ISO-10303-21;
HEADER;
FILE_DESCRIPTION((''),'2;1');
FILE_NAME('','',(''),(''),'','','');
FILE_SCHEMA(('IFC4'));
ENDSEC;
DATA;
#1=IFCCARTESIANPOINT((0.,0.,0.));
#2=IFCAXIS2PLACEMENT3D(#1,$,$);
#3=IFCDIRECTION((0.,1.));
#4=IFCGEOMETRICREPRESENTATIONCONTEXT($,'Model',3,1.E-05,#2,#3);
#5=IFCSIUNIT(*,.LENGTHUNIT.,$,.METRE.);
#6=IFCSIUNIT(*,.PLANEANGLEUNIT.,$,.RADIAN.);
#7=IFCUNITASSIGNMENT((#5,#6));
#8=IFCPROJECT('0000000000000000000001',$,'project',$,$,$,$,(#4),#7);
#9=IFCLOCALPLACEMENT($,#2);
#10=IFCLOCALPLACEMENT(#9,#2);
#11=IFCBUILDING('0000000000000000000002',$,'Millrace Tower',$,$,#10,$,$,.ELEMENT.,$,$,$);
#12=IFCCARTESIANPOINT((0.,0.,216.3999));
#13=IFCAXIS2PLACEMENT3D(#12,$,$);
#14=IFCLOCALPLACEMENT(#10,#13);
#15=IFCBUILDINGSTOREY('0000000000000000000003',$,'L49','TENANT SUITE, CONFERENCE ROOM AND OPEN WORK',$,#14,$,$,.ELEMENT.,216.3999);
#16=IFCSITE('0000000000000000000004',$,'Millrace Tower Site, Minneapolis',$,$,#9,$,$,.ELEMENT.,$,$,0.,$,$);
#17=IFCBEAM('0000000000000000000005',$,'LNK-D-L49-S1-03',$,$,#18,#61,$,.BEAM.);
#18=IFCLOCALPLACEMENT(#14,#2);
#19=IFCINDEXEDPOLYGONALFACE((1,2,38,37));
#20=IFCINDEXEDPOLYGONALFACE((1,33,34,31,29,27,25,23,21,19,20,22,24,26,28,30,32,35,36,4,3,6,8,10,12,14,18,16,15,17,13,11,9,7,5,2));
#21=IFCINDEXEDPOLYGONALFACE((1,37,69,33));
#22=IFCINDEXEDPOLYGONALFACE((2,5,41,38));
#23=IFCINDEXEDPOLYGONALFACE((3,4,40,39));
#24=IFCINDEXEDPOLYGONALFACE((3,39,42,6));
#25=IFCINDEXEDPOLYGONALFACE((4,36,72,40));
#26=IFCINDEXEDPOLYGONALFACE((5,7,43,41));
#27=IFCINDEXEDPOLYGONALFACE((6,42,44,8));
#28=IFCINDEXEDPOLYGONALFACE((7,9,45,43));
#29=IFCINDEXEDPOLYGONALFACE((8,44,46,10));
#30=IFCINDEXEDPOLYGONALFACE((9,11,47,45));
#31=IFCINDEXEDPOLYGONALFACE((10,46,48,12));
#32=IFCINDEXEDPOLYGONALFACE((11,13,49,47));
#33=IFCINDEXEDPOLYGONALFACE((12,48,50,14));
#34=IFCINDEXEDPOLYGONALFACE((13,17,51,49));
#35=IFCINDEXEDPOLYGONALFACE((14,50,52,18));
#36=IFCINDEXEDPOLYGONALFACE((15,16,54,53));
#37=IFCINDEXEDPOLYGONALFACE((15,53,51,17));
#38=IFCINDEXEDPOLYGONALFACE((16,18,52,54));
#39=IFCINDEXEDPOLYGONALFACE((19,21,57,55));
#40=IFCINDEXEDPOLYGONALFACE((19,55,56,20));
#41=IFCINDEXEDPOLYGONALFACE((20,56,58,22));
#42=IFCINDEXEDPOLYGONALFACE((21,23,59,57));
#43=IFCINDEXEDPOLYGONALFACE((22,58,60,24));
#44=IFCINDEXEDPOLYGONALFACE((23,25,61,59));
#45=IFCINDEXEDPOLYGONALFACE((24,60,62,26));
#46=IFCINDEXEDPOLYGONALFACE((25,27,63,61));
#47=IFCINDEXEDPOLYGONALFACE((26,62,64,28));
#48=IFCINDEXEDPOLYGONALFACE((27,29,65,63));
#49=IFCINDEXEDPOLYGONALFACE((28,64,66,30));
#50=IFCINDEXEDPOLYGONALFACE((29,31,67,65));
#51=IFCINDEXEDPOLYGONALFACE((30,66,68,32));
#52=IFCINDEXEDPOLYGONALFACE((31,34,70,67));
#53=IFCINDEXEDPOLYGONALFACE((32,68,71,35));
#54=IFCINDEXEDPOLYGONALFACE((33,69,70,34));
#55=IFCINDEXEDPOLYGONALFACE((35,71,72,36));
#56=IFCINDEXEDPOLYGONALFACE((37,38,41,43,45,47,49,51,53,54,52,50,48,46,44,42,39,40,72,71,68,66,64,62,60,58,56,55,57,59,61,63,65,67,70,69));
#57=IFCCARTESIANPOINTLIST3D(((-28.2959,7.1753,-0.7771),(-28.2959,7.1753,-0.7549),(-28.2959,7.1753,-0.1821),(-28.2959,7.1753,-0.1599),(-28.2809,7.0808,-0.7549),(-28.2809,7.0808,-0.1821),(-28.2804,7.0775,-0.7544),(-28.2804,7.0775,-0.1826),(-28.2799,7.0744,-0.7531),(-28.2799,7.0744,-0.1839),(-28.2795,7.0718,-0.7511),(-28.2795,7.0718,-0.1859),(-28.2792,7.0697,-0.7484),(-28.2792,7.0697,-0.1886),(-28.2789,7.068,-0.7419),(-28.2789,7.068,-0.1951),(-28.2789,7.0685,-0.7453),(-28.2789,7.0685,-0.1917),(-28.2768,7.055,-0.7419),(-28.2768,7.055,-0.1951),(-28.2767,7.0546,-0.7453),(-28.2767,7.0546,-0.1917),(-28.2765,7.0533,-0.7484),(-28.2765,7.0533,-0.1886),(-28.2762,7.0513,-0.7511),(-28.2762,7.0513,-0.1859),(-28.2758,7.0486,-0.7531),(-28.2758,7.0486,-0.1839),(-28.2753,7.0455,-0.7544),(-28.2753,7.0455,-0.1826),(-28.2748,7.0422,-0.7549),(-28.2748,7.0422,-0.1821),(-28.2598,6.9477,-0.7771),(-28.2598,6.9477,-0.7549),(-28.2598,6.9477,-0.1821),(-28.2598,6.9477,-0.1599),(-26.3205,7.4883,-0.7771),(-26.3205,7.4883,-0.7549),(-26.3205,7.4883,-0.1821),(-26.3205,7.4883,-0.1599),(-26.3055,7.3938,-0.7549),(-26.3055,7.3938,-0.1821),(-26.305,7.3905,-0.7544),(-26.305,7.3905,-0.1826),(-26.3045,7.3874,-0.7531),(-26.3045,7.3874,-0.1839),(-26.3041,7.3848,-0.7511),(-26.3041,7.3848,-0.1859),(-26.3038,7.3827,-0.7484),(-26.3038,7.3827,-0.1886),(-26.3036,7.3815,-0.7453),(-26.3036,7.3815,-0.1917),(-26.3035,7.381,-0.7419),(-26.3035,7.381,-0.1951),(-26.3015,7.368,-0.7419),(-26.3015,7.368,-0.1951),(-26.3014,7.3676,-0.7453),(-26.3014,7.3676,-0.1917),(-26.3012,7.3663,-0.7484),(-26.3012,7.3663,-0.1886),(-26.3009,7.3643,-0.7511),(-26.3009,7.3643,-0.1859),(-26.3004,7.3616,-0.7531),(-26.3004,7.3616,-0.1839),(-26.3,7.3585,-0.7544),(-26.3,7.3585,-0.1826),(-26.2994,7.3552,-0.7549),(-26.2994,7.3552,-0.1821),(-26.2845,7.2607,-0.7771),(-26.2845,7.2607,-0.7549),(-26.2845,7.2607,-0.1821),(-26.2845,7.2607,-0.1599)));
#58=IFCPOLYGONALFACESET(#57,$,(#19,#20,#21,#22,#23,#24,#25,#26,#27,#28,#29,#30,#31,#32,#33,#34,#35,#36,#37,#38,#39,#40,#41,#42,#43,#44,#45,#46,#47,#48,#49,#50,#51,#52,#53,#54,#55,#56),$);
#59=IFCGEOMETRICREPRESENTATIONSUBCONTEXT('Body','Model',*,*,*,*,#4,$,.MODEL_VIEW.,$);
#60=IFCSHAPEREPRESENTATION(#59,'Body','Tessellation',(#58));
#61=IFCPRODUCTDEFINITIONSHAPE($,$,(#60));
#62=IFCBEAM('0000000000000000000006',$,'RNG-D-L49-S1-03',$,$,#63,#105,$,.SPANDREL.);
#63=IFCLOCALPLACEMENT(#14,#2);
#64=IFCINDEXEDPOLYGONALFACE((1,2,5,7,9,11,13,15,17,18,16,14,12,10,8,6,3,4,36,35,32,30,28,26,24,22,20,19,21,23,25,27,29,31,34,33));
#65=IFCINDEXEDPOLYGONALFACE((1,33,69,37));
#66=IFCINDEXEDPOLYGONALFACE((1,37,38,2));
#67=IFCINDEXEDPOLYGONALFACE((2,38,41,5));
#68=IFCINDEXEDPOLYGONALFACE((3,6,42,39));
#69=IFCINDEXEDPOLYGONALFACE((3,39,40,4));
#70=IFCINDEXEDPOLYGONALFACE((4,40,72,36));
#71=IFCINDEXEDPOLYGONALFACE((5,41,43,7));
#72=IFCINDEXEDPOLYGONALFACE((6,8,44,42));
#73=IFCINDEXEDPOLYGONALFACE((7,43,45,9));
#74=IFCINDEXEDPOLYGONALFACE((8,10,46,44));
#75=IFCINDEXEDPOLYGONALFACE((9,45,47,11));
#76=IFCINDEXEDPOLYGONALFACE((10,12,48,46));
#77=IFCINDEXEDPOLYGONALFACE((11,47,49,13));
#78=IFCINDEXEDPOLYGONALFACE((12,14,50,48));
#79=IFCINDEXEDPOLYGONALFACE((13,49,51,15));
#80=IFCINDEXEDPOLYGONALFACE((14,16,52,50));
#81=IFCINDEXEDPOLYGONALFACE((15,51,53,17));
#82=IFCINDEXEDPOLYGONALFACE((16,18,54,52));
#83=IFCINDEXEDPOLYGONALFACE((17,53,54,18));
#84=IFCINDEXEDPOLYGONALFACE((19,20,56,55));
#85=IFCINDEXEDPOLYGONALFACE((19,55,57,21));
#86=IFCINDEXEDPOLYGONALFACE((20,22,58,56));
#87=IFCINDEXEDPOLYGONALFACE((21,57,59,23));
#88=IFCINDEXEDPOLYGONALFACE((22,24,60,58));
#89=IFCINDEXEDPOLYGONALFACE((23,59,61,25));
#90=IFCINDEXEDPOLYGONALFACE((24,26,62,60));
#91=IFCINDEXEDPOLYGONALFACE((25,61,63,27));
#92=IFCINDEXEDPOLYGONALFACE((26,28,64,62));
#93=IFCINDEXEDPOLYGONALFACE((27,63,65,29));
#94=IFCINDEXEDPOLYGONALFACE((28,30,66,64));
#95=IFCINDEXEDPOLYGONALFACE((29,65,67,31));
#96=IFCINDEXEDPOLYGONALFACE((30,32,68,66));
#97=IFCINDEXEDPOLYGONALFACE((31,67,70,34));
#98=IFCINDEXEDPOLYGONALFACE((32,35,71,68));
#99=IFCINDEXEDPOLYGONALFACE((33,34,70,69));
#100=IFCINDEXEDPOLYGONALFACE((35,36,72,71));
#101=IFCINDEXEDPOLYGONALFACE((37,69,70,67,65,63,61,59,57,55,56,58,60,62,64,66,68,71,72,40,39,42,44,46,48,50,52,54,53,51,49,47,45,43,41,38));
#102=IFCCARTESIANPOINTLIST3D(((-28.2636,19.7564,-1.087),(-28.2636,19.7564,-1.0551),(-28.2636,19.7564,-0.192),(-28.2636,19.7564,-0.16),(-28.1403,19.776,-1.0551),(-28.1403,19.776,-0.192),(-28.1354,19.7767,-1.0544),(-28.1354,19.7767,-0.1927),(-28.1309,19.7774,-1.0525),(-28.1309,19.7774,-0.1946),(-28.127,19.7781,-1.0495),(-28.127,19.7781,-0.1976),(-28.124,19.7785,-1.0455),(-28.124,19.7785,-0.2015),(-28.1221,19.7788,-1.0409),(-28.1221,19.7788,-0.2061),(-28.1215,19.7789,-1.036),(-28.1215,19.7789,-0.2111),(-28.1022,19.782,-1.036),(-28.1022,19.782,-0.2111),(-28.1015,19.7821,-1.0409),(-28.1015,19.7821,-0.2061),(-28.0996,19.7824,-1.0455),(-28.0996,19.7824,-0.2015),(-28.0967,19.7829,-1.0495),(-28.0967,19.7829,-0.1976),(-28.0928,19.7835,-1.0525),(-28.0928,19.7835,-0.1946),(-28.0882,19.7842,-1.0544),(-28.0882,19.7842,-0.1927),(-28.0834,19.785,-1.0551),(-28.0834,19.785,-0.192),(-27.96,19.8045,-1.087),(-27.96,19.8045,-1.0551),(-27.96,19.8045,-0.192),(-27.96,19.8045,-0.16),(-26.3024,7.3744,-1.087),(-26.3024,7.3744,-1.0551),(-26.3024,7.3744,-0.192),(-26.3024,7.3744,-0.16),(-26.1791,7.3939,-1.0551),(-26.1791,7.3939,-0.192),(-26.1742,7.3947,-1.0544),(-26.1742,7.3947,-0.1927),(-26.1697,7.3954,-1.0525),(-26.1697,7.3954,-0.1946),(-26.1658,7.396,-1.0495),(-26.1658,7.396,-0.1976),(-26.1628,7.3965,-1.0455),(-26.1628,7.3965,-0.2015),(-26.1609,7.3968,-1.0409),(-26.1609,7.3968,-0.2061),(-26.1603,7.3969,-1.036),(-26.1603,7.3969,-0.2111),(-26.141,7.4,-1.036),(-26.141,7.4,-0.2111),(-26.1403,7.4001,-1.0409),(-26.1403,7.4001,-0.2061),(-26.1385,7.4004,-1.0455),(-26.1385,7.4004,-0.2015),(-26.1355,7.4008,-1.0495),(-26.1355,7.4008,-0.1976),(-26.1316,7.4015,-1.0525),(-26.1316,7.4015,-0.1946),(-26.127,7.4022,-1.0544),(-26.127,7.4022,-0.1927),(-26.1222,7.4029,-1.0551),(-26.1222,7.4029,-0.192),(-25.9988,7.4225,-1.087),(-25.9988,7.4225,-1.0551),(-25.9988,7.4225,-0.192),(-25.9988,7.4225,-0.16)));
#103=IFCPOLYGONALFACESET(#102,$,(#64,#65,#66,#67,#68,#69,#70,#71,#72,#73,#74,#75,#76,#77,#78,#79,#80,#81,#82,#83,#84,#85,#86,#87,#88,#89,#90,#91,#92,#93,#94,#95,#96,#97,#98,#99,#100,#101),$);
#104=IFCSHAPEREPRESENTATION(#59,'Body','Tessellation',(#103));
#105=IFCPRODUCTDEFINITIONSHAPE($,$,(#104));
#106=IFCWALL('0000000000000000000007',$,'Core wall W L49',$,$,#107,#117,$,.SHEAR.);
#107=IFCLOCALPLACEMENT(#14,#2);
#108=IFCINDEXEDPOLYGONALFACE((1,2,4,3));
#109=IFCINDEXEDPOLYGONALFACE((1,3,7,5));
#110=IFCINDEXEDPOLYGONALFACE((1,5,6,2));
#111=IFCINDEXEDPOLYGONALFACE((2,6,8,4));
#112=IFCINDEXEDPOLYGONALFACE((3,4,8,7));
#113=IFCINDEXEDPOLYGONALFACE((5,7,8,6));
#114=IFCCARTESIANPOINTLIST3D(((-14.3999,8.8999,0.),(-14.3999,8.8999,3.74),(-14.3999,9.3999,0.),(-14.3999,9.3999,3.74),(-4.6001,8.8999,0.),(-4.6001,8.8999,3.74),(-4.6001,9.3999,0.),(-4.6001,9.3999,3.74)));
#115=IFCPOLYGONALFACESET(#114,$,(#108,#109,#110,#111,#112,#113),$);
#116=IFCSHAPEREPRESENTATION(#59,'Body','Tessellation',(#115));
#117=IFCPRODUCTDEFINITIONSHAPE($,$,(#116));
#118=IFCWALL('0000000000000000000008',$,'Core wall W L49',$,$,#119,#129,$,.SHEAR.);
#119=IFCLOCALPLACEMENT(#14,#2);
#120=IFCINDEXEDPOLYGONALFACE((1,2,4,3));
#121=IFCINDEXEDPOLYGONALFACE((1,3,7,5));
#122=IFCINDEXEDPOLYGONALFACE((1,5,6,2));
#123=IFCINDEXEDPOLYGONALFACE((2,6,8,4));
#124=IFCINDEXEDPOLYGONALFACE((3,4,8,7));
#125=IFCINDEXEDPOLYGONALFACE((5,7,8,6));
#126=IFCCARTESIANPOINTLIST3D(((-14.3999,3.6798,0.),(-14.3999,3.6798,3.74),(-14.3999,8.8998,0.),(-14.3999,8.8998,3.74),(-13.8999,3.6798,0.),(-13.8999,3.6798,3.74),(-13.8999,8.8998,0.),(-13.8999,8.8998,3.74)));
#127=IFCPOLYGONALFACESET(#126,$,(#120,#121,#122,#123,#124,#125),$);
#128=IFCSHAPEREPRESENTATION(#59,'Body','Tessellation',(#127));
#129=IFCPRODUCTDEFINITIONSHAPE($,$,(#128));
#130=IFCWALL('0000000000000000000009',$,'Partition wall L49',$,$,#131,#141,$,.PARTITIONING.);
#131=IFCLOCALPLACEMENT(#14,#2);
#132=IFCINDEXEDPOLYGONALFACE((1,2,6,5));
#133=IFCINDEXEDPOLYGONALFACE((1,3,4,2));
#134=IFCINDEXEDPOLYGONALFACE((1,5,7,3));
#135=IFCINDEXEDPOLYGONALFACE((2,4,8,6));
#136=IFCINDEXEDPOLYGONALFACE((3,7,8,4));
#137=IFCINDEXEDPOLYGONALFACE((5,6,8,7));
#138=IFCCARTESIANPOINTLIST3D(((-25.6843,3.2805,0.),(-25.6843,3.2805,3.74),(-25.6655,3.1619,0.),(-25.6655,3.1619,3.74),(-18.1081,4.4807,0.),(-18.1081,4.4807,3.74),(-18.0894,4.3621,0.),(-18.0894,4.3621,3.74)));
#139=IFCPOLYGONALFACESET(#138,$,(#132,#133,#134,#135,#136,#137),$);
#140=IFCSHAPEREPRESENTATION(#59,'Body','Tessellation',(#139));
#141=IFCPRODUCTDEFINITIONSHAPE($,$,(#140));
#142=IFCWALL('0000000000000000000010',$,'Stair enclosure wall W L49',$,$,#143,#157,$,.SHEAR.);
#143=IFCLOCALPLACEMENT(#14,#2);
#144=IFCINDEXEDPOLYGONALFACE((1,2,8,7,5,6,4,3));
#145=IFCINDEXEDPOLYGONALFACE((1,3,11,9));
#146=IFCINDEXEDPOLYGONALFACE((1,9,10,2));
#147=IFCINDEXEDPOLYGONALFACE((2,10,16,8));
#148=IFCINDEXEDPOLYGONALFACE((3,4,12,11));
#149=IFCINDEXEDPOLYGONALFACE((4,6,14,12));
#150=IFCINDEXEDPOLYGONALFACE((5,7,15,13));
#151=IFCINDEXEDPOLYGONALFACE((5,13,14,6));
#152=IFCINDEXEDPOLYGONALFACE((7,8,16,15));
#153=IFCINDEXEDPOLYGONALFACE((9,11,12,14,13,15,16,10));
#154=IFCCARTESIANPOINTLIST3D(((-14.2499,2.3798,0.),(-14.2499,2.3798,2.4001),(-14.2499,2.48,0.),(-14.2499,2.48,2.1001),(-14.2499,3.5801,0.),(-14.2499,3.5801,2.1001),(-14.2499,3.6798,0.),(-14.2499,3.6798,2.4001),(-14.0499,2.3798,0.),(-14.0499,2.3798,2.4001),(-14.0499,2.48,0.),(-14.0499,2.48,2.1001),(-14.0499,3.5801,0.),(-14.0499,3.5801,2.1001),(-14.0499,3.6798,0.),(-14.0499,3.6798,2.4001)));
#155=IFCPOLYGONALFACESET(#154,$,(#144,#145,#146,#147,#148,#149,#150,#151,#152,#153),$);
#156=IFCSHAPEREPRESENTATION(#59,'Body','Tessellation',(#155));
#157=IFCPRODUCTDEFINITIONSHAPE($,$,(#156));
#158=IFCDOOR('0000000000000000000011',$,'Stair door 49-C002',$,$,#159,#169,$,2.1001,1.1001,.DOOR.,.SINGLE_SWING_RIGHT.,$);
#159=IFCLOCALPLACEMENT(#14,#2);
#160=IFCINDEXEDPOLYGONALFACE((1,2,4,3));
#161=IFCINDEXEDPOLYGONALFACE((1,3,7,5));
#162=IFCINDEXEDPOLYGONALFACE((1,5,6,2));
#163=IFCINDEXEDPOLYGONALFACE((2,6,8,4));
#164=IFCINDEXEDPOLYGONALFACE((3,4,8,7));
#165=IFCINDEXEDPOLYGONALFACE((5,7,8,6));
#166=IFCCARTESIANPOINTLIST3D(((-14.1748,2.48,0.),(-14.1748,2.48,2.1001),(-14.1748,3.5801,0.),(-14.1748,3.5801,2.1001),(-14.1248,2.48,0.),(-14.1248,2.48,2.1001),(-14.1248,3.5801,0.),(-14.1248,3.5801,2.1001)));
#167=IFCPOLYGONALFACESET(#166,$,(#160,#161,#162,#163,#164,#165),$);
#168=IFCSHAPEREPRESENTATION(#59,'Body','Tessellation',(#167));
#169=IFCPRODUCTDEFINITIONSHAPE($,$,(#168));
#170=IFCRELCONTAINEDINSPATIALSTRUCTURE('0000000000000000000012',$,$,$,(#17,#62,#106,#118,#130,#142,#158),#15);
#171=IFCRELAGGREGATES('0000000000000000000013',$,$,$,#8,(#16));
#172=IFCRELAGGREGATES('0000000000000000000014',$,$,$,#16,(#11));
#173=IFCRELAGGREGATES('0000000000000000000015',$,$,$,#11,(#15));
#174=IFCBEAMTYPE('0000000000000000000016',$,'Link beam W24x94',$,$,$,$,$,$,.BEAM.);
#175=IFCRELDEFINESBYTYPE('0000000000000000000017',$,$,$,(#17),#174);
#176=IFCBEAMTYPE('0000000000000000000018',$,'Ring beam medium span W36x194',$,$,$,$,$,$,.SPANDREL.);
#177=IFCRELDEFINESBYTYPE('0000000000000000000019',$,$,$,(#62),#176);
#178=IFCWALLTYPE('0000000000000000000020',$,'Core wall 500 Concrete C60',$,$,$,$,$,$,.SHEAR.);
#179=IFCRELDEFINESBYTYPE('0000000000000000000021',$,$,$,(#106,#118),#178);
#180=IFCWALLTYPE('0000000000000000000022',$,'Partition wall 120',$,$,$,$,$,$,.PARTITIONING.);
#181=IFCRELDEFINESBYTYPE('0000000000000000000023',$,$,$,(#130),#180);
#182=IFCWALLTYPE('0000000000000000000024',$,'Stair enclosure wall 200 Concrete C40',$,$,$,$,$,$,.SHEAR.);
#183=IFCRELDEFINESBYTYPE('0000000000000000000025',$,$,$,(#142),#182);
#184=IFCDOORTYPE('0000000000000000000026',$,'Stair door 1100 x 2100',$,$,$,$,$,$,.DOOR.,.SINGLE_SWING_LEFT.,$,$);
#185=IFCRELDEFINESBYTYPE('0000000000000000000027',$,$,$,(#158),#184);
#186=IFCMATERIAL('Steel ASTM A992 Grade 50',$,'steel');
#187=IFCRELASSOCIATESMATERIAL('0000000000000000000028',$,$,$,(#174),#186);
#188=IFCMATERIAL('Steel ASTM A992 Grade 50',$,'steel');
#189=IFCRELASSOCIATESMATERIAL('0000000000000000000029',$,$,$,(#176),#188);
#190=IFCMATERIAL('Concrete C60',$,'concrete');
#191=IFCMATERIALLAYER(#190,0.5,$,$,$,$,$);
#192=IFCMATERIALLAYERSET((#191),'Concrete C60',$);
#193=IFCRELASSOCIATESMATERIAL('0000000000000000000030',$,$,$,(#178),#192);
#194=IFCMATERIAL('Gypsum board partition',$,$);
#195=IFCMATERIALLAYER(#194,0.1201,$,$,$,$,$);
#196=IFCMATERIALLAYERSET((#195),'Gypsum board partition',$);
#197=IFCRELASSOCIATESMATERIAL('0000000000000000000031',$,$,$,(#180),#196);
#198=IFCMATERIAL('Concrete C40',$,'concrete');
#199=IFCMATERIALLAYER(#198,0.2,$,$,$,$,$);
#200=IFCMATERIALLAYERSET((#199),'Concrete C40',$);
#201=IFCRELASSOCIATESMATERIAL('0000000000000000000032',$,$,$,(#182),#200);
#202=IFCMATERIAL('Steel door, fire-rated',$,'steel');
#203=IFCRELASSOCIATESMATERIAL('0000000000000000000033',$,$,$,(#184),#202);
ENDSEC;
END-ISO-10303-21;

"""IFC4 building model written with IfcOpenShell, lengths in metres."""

from ifc_helpers import new_model, si_unit, direction, frame, frame_2d, origin, origin_2d, place, context, subcontext, project, spatial, rectangle, i_section, extrude, material, layer, layer_set, material_profile, profile_set, type_object, element, fill, save


model = new_model("IFC4")

# Units and contexts
model_context = context("Model", 3, precision=1e-05, world=origin(), true_north=direction((0.0, 1.0)))
body_context = subcontext(model_context, "Body", "Model", "MODEL_VIEW")
ifc_project = project(units=[si_unit("LENGTHUNIT", "METRE"), si_unit("PLANEANGLEUNIT", "RADIAN")], contexts=[model_context])

# Site, building, storey
site_placement = place(None, origin())
site = spatial("IfcSite", under=ifc_project, at=site_placement, Name="Millrace Tower Site, Minneapolis", CompositionType="ELEMENT", RefElevation=0.0)
building_placement = place(site_placement, origin())
building = spatial("IfcBuilding", under=site, at=building_placement, Name="Millrace Tower", CompositionType="ELEMENT")
storey_placement = place(building_placement, frame((0.0, 0.0, 216.3999)))
storey = spatial("IfcBuildingStorey", under=building, at=storey_placement, Name="L49", Description="TENANT SUITE, CONFERENCE ROOM AND OPEN WORK", CompositionType="ELEMENT", Elevation=216.3999)

# Beams
ifc_material_1 = material(Name="Steel ASTM A992 Grade 50", Category="steel")
ifc_material_profile_1 = material_profile(ifc_material_1, i_section(OverallWidth=0.2305, OverallDepth=0.6172, WebThickness=0.0132, FlangeThickness=0.0222, FilletRadius=0.0129, at=origin_2d()))
ifc_profile_set_1 = profile_set([ifc_material_profile_1], Name="Steel ASTM A992 Grade 50")
beam_type_1 = type_object("IfcBeamType", Name="Link beam W24x94", PredefinedType="BEAM", material=ifc_profile_set_1)
beam_1_placement = place(storey_placement, frame((-26.3025, 7.3745, -0.4685), z_axis=(-0.987679, -0.156495, 0.0), x_axis=(0.156495, -0.987679, 0.0)))
element("IfcBeam", 1, at=beam_1_placement, inside=storey, type_object=beam_type_1, Name="LNK-D-L49-S1-03", PredefinedType="BEAM", context=body_context, shape_type="SweptSolid", body=[
    extrude(i_section(OverallWidth=0.2305, OverallDepth=0.6172, WebThickness=0.0132, FlangeThickness=0.0222, FilletRadius=0.0129, at=origin_2d()), origin(), (0.0, 0.0, 1.0), 2.0),
])
ifc_material_2 = material(Name="Steel ASTM A992 Grade 50", Category="steel")
ifc_material_profile_2 = material_profile(ifc_material_2, i_section(OverallWidth=0.3074, OverallDepth=0.927, WebThickness=0.0195, FlangeThickness=0.032, FilletRadius=0.019, at=origin_2d()))
ifc_profile_set_2 = profile_set([ifc_material_profile_2], Name="Steel ASTM A992 Grade 50")
beam_type_2 = type_object("IfcBeamType", Name="Ring beam medium span W36x194", PredefinedType="SPANDREL", material=ifc_profile_set_2)
beam_2_placement = place(storey_placement, frame((-26.1506, 7.3984, -0.6235), z_axis=(-0.156439, 0.987688, 0.0), x_axis=(-0.987688, -0.156439, 0.0)))
element("IfcBeam", 2, at=beam_2_placement, inside=storey, type_object=beam_type_2, Name="RNG-D-L49-S1-03", PredefinedType="SPANDREL", context=body_context, shape_type="SweptSolid", body=[
    extrude(i_section(OverallWidth=0.3074, OverallDepth=0.927, WebThickness=0.0195, FlangeThickness=0.032, FilletRadius=0.019, at=origin_2d()), origin(), (0.0, 0.0, 1.0), 12.5364),
])

# Walls
ifc_material_3 = material(Name="Concrete C60", Category="concrete")
ifc_layer_1 = layer(ifc_material_3, 0.5)
ifc_layer_set_1 = layer_set([ifc_layer_1], Name="Concrete C60")
wall_type_1 = type_object("IfcWallType", Name="Core wall 500 Concrete C60", PredefinedType="SHEAR", material=ifc_layer_set_1)
wall_1_placement = place(storey_placement, frame((-14.3999, 9.1499, 0.0), z_axis=(0.0, 0.0, 1.0), x_axis=(1.0, 0.0, 0.0)))
element("IfcWall", 3, at=wall_1_placement, inside=storey, type_object=wall_type_1, Name="Core wall W L49", PredefinedType="SHEAR", context=body_context, shape_type="SweptSolid", body=[
    extrude(rectangle(XDim=9.7998, YDim=0.5, at=frame_2d((4.8999, 0.0))), origin(), (0.0, 0.0, 1.0), 3.74),
])
wall_2_placement = place(storey_placement, frame((-14.1499, 3.6799, 0.0), z_axis=(0.0, 0.0, 1.0), x_axis=(0.0, 1.0, 0.0)))
element("IfcWall", 4, at=wall_2_placement, inside=storey, type_object=wall_type_1, Name="Core wall W L49", PredefinedType="SHEAR", context=body_context, shape_type="SweptSolid", body=[
    extrude(rectangle(XDim=5.22, YDim=0.5, at=frame_2d((2.6099, 0.0))), origin(), (0.0, 0.0, 1.0), 3.74),
])
ifc_material_4 = material(Name="Gypsum board partition")
ifc_layer_2 = layer(ifc_material_4, 0.1201)
ifc_layer_set_2 = layer_set([ifc_layer_2], Name="Gypsum board partition")
wall_type_2 = type_object("IfcWallType", Name="Partition wall 120", PredefinedType="PARTITIONING", material=ifc_layer_set_2)
wall_3_placement = place(storey_placement, frame((-25.675, 3.2212, 0.0), z_axis=(0.0, 0.0, 1.0), x_axis=(0.987683, 0.156466, 0.0)))
element("IfcWall", 5, at=wall_3_placement, inside=storey, type_object=wall_type_2, Name="Partition wall L49", PredefinedType="PARTITIONING", context=body_context, shape_type="SweptSolid", body=[
    extrude(rectangle(XDim=7.6707, YDim=0.1201, at=frame_2d((3.8354, 0.0))), origin(), (0.0, 0.0, 1.0), 3.74),
])

# Wall, opening, door
ifc_material_5 = material(Name="Concrete C40", Category="concrete")
ifc_layer_3 = layer(ifc_material_5, 0.2)
ifc_layer_set_3 = layer_set([ifc_layer_3], Name="Concrete C40")
wall_type_3 = type_object("IfcWallType", Name="Stair enclosure wall 200 Concrete C40", PredefinedType="SHEAR", material=ifc_layer_set_3)
wall_4_placement = place(storey_placement, frame((-14.1499, 2.3799, 0.0), z_axis=(0.0, 0.0, 1.0), x_axis=(0.0, 1.0, 0.0)))
wall_4 = element("IfcWall", 6, at=wall_4_placement, inside=storey, type_object=wall_type_3, Name="Stair enclosure wall W L49", PredefinedType="SHEAR", context=body_context, shape_type="SweptSolid", body=[
    extrude(rectangle(XDim=1.3, YDim=0.2, at=frame_2d((0.6499, 0.0))), origin(), (0.0, 0.0, 1.0), 2.4001),
])
opening_1_placement = place(wall_4_placement, frame((0.1001, 0.0, 0.0)))
opening_1 = element("IfcOpeningElement", 7, at=opening_1_placement, cuts=wall_4, PredefinedType="OPENING", context=body_context, shape_type="SweptSolid", body=[
    extrude(rectangle(XDim=1.1001, YDim=2.1001, at=frame_2d((0.55, 1.05))), frame((0.0, 0.1099, 0.0), z_axis=(0.0, -1.0, 0.0), x_axis=(1.0, 0.0, 0.0)), (0.0, 0.0, 1.0), 0.22),
])
ifc_material_6 = material(Name="Steel door, fire-rated", Category="steel")
door_type_1 = type_object("IfcDoorType", Name="Stair door 1100 x 2100", OperationType="SINGLE_SWING_LEFT", PredefinedType="DOOR", material=ifc_material_6)
door_1_placement = place(opening_1_placement, origin())
door_1 = element("IfcDoor", 8, at=door_1_placement, inside=storey, type_object=door_type_1, Name="Stair door 49-C002", OperationType="SINGLE_SWING_RIGHT", OverallHeight=2.1001, OverallWidth=1.1001, PredefinedType="DOOR", context=body_context, shape_type="SweptSolid", body=[
    extrude(rectangle(XDim=1.1001, YDim=2.1001, at=frame_2d((0.55, 1.05))), frame((0.0, 0.0249, 0.0), z_axis=(0.0, -1.0, 0.0), x_axis=(1.0, 0.0, 0.0)), (0.0, 0.0, 1.0), 0.05),
])
fill(opening_1, door_1)

save(model, "model.ifc")
